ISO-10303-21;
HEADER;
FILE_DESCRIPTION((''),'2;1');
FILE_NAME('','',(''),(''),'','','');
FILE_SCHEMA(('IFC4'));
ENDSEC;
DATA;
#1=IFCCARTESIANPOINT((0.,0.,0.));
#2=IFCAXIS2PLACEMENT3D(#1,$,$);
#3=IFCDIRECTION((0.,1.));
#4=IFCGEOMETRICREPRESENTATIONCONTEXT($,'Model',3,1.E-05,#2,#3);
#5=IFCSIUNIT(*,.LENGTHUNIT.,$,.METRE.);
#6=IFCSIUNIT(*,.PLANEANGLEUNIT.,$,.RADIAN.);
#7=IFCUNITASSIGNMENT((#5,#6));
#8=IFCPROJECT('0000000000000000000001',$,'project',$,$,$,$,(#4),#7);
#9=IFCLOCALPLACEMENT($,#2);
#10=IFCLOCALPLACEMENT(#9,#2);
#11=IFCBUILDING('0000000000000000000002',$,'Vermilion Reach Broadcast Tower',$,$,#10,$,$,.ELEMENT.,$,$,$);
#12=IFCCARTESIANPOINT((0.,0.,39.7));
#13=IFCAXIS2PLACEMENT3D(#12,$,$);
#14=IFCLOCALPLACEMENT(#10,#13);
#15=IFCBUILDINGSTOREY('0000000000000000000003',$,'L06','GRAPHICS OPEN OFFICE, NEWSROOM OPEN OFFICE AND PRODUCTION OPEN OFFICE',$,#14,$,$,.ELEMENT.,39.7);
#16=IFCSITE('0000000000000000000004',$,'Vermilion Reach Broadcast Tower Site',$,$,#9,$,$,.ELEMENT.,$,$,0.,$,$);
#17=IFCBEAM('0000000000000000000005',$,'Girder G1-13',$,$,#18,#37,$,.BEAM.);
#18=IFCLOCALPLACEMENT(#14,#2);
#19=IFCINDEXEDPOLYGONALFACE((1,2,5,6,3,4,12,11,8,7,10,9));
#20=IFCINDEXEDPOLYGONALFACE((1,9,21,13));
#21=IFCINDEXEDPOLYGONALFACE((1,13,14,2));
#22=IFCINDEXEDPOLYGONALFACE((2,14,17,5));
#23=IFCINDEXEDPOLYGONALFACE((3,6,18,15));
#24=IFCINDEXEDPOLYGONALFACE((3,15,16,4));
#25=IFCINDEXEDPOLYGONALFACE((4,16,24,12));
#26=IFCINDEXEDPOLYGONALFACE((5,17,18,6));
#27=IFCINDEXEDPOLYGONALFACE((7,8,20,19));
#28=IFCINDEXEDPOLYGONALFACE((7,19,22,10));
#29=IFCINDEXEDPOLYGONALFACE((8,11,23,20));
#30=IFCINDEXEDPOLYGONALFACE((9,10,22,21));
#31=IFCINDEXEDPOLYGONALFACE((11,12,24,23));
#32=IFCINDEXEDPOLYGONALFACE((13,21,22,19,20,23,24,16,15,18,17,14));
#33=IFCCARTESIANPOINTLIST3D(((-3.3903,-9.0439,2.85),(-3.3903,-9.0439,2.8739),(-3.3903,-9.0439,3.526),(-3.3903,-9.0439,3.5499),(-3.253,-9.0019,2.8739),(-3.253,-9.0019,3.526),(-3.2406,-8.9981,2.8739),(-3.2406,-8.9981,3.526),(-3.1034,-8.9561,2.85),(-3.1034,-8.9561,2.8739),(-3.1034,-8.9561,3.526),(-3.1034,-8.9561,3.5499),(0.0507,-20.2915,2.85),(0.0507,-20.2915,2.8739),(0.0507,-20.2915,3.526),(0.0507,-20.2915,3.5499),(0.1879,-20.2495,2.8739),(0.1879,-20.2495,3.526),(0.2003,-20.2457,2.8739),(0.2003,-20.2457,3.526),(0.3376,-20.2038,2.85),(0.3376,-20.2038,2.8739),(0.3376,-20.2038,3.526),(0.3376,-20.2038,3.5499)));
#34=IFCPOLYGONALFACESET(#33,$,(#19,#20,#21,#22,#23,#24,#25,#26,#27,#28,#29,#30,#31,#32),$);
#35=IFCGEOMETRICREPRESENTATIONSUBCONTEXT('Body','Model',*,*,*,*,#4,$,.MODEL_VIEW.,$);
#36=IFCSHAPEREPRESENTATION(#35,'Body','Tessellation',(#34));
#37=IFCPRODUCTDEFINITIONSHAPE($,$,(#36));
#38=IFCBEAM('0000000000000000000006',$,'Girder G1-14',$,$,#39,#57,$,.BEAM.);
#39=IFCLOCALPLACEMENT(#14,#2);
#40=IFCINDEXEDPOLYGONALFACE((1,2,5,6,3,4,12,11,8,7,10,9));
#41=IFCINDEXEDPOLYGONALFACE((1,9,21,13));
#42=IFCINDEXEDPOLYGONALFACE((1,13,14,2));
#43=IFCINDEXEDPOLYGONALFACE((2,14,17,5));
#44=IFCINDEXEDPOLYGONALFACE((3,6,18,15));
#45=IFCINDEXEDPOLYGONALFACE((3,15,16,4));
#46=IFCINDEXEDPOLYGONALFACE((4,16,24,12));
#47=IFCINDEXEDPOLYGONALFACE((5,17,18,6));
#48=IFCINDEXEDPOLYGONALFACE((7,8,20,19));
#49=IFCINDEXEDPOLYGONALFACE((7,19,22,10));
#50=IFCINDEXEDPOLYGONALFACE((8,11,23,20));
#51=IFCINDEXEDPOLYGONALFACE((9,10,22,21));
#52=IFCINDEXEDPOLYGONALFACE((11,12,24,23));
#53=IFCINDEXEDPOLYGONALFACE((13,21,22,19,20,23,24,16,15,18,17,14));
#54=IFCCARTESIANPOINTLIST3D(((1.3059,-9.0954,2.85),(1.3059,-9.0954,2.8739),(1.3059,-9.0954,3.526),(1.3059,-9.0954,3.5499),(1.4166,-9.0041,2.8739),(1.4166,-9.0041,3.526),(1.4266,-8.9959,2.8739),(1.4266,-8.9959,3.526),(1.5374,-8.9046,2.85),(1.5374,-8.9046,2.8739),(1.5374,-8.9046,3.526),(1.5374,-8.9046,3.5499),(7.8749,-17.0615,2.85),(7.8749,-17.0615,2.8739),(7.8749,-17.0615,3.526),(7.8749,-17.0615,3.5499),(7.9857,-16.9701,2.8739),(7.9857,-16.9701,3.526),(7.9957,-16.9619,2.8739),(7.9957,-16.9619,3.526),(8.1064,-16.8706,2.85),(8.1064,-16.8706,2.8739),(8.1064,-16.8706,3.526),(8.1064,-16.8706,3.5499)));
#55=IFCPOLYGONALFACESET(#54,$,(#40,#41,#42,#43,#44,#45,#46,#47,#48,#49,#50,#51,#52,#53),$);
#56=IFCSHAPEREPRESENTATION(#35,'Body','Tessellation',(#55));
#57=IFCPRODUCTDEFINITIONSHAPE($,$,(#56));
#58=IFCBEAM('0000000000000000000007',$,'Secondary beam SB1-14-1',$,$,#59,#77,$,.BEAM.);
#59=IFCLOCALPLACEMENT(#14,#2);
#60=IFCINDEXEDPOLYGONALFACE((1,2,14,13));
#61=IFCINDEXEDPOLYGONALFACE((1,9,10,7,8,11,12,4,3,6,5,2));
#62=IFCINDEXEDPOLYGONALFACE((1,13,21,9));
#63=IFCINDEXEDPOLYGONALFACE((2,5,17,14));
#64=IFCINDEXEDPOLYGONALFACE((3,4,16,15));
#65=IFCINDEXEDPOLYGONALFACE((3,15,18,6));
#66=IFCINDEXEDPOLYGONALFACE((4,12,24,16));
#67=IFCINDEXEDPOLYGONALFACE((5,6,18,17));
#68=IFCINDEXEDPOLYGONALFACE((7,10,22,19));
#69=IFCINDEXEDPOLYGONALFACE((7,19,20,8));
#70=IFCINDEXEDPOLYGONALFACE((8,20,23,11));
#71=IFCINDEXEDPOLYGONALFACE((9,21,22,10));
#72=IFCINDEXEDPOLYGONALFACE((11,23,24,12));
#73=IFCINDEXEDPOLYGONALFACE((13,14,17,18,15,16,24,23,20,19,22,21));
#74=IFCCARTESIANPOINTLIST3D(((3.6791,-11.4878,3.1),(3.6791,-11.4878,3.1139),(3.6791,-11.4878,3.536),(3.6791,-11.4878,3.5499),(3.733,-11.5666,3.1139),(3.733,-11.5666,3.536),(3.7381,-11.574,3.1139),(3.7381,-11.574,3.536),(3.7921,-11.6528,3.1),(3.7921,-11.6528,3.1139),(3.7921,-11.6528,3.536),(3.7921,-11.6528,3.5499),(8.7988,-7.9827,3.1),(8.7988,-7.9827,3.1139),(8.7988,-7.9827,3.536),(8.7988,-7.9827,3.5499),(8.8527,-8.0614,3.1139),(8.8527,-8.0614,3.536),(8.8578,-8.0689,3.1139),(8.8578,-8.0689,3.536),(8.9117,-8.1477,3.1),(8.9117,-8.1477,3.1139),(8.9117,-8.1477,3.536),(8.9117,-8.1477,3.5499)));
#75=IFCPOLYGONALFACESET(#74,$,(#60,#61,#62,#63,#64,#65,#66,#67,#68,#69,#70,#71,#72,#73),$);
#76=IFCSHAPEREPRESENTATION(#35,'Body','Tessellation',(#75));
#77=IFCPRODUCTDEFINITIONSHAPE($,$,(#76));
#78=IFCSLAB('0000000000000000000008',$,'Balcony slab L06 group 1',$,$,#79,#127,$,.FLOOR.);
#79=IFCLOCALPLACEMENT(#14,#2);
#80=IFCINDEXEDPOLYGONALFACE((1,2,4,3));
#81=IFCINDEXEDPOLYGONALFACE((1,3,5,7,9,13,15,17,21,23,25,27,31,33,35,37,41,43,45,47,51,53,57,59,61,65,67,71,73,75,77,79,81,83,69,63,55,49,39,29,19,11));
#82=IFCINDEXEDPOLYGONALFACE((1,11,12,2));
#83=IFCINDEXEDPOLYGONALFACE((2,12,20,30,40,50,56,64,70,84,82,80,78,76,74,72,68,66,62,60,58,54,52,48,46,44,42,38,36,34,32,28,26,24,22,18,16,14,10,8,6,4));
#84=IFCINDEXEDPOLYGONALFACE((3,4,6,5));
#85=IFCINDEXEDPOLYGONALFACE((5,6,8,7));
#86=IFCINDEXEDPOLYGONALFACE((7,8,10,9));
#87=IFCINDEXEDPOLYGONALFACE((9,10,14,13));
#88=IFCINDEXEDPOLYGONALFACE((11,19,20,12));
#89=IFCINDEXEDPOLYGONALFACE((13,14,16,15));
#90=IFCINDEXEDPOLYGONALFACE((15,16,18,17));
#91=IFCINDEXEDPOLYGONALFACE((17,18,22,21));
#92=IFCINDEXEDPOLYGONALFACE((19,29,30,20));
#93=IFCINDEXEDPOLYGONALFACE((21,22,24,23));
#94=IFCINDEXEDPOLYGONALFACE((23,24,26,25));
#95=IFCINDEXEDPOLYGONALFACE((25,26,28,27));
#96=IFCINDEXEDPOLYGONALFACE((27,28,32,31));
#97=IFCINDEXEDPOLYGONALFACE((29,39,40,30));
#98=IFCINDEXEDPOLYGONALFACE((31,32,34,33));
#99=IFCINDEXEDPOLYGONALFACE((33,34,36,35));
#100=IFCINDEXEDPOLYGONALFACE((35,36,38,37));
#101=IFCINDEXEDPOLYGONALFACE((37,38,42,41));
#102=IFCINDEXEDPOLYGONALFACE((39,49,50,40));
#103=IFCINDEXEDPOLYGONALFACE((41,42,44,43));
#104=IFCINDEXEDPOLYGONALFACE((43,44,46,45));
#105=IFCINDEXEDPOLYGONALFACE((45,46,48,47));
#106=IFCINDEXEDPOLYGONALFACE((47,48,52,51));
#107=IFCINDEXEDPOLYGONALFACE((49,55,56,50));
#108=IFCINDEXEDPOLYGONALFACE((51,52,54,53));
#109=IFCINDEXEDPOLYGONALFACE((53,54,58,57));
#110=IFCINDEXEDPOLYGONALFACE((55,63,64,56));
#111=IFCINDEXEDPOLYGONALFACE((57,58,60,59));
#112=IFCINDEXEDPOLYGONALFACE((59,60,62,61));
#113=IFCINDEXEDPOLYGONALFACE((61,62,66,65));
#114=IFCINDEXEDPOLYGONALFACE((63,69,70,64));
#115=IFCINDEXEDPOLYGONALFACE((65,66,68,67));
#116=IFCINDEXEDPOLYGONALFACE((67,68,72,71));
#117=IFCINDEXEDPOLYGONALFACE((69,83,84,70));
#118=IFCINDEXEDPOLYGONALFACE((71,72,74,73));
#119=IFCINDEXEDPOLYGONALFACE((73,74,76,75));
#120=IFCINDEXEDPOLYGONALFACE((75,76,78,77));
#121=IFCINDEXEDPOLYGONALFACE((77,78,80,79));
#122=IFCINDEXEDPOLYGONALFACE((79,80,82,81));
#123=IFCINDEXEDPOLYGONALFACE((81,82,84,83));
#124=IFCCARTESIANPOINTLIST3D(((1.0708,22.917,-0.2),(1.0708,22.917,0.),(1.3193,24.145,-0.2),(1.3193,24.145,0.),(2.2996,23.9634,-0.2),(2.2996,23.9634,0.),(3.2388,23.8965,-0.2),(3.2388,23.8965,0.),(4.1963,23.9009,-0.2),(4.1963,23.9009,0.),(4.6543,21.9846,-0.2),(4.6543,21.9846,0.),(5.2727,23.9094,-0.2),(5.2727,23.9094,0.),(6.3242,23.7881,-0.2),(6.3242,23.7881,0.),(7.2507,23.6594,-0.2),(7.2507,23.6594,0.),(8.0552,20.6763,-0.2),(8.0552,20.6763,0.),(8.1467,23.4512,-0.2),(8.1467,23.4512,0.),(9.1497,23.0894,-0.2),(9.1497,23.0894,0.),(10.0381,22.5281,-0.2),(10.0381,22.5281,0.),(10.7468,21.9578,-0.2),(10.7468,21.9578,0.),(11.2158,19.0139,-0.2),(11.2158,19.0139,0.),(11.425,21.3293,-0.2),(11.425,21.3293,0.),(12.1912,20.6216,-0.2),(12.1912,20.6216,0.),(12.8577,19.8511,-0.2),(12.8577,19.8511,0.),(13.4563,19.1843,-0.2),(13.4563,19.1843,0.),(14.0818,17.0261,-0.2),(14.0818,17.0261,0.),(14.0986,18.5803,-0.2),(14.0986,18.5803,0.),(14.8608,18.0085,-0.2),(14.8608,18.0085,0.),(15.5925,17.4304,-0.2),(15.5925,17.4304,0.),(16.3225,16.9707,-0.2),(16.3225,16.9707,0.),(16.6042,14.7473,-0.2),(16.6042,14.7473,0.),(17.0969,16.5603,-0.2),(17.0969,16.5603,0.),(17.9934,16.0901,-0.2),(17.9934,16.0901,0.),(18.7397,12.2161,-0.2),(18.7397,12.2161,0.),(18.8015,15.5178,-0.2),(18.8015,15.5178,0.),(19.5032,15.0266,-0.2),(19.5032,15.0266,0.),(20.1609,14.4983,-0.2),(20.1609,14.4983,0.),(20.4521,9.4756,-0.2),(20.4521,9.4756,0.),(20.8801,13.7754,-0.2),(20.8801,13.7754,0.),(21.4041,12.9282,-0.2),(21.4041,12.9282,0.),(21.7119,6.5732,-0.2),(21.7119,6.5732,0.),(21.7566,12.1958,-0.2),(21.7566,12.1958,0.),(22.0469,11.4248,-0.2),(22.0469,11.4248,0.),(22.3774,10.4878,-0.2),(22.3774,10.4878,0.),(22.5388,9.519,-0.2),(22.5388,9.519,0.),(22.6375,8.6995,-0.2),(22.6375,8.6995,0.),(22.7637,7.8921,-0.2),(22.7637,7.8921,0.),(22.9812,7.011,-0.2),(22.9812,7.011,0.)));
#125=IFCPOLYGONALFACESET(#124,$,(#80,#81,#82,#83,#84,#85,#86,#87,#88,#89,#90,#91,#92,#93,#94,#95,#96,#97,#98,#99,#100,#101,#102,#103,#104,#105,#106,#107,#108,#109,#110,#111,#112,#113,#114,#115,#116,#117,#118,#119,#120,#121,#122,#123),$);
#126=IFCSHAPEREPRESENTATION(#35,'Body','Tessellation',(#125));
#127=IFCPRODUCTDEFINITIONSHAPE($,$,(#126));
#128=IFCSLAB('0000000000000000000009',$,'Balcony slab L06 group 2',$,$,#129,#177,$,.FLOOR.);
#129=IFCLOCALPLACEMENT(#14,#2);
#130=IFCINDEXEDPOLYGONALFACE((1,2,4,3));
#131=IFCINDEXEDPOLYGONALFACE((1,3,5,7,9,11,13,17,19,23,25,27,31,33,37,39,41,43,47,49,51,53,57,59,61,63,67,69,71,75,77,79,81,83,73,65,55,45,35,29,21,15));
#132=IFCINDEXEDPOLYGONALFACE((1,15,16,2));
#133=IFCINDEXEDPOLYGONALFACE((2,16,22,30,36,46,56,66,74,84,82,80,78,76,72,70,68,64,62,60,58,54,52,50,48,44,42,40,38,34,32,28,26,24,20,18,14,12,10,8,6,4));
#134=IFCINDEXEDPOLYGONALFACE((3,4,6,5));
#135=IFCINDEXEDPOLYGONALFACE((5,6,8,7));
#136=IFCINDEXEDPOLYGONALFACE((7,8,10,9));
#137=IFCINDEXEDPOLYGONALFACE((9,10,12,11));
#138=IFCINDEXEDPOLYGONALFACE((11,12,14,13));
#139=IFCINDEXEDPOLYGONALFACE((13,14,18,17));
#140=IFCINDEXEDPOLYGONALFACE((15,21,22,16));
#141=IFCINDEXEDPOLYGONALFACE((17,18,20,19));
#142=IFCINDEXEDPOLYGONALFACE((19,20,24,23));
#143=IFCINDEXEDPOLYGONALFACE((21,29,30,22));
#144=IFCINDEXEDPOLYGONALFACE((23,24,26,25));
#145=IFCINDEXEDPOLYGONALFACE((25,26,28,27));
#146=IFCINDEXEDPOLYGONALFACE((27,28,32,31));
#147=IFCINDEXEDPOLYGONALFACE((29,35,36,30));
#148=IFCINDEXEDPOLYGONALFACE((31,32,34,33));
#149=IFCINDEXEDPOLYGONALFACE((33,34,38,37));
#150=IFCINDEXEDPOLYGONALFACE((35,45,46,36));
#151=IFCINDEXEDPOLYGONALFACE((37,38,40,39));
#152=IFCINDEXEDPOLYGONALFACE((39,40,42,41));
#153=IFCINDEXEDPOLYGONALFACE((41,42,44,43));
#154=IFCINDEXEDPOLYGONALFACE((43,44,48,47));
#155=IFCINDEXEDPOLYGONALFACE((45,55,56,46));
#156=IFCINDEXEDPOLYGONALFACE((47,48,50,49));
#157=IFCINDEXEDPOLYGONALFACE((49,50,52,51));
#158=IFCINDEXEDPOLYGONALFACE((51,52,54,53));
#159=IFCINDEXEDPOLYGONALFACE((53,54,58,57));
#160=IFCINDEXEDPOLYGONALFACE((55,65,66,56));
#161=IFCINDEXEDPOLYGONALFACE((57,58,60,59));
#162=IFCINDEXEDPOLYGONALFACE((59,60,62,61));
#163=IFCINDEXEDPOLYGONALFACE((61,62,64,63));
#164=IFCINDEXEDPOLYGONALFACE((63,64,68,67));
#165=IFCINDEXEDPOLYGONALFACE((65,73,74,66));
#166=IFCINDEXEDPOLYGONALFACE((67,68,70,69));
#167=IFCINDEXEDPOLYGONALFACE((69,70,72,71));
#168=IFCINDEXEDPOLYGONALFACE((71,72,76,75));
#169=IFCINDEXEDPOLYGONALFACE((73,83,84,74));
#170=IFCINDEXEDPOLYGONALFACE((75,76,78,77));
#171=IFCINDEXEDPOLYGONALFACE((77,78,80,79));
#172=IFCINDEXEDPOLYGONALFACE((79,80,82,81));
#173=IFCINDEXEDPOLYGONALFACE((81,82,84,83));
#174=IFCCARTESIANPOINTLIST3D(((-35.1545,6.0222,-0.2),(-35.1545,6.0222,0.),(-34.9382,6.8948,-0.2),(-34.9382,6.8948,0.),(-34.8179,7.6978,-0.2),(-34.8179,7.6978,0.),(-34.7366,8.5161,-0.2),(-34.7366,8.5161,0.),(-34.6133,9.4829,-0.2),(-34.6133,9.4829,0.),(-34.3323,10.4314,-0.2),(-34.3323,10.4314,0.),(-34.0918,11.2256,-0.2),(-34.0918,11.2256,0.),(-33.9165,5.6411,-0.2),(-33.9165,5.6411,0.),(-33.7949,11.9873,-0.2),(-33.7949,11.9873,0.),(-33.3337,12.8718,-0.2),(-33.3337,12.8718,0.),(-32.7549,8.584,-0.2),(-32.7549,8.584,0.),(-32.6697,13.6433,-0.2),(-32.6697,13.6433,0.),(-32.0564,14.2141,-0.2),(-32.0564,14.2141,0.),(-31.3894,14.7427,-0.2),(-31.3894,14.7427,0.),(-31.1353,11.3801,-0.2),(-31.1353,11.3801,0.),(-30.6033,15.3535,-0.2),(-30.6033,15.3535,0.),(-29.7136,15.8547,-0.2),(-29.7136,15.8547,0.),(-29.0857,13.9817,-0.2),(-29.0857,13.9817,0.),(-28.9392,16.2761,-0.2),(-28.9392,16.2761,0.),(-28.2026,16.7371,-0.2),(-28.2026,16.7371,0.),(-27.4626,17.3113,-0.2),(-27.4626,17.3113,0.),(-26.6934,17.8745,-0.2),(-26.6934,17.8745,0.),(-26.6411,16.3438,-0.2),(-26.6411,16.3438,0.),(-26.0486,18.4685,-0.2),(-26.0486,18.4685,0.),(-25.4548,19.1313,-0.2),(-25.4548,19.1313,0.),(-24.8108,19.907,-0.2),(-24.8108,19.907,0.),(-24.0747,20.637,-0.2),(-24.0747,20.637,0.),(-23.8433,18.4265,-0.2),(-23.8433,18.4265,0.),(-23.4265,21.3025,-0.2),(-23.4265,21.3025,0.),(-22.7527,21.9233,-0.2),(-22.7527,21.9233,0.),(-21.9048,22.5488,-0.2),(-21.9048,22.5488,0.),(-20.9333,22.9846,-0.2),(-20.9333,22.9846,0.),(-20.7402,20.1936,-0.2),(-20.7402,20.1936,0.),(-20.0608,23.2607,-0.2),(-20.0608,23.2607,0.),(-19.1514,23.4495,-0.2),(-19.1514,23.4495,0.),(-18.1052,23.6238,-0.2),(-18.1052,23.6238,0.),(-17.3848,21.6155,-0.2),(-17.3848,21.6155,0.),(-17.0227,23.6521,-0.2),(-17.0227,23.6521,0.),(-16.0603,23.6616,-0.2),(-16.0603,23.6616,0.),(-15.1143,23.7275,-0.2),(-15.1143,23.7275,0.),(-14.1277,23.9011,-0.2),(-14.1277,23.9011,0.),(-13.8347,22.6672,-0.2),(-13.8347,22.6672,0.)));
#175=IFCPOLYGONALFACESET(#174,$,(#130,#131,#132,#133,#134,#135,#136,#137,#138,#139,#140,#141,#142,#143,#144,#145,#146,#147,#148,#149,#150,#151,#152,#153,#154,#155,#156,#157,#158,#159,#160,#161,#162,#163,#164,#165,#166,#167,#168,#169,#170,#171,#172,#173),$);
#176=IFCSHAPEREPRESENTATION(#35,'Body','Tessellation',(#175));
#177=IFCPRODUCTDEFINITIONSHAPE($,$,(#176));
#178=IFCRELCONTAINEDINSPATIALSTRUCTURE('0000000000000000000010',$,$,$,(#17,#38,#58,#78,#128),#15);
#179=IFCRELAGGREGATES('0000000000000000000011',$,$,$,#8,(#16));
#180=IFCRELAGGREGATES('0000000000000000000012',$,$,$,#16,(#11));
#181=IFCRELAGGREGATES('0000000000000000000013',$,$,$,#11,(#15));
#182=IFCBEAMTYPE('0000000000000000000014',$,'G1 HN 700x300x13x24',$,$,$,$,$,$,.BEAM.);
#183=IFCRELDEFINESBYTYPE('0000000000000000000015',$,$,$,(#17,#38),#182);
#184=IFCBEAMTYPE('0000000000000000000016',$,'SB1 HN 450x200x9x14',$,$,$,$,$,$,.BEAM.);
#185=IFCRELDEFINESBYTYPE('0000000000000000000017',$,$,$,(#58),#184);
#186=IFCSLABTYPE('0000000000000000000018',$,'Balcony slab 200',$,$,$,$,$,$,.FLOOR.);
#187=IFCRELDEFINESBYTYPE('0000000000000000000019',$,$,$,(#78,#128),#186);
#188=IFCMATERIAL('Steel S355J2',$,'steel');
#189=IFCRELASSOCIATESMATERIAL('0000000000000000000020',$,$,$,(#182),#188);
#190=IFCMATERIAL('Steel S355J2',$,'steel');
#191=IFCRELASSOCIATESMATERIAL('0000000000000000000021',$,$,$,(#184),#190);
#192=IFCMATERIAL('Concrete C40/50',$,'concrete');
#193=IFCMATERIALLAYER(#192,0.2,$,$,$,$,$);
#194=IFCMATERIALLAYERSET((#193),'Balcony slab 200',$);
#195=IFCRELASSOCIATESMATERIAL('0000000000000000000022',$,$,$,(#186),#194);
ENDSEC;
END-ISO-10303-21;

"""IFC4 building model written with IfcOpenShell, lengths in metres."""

from ifc_helpers import new_model, si_unit, direction, frame, origin, origin_2d, place, context, subcontext, project, spatial, polyline, i_section, outline, extrude, material, layer, layer_set, material_profile, profile_set, type_object, element, save


model = new_model("IFC4")

# Units and contexts
model_context = context("Model", 3, precision=1e-05, world=origin(), true_north=direction((0.0, 1.0)))
body_context = subcontext(model_context, "Body", "Model", "MODEL_VIEW")
ifc_project = project(units=[si_unit("LENGTHUNIT", "METRE"), si_unit("PLANEANGLEUNIT", "RADIAN")], contexts=[model_context])

# Site, building, storey
site_placement = place(None, origin())
site = spatial("IfcSite", under=ifc_project, at=site_placement, Name="Vermilion Reach Broadcast Tower Site", CompositionType="ELEMENT", RefElevation=0.0)
building_placement = place(site_placement, origin())
building = spatial("IfcBuilding", under=site, at=building_placement, Name="Vermilion Reach Broadcast Tower", CompositionType="ELEMENT")
storey_placement = place(building_placement, frame((0.0, 0.0, 39.7)))
storey = spatial("IfcBuildingStorey", under=building, at=storey_placement, Name="L06", Description="GRAPHICS OPEN OFFICE, NEWSROOM OPEN OFFICE AND PRODUCTION OPEN OFFICE", CompositionType="ELEMENT", Elevation=39.7)

# Beams
ifc_material_1 = material(Name="Steel S355J2", Category="steel")
ifc_material_profile_1 = material_profile(ifc_material_1, i_section(OverallWidth=0.3, OverallDepth=0.7, WebThickness=0.0129, FlangeThickness=0.0239, at=origin_2d()), Name="S355J2 HN 700x300x13x24")
ifc_profile_set_1 = profile_set([ifc_material_profile_1], Name="Steel S355J2")
beam_type_1 = type_object("IfcBeamType", Name="G1 HN 700x300x13x24", PredefinedType="BEAM", material=ifc_profile_set_1)
beam_1_placement = place(storey_placement, frame((-3.2468, -9.0, 3.2), z_axis=(0.292542, -0.956253, 0.0), x_axis=(0.956253, 0.292542, 0.0)))
element("IfcBeam", 1, at=beam_1_placement, inside=storey, type_object=beam_type_1, Name="Girder G1-13", PredefinedType="BEAM", context=body_context, shape_type="SweptSolid", body=[
    extrude(i_section(OverallWidth=0.3, OverallDepth=0.7, WebThickness=0.0129, FlangeThickness=0.0239, at=origin_2d()), origin(), (0.0, 0.0, 1.0), 11.7622),
])
beam_2_placement = place(storey_placement, frame((1.4216, -9.0, 3.2), z_axis=(0.636215, -0.771512, 0.0), x_axis=(0.771512, 0.636215, 0.0)))
element("IfcBeam", 2, at=beam_2_placement, inside=storey, type_object=beam_type_1, Name="Girder G1-14", PredefinedType="BEAM", context=body_context, shape_type="SweptSolid", body=[
    extrude(i_section(OverallWidth=0.3, OverallDepth=0.7, WebThickness=0.0129, FlangeThickness=0.0239, at=origin_2d()), origin(), (0.0, 0.0, 1.0), 10.3252),
])
ifc_material_2 = material(Name="Steel S355J2", Category="steel")
ifc_material_profile_2 = material_profile(ifc_material_2, i_section(OverallWidth=0.2, OverallDepth=0.45, WebThickness=0.009, FlangeThickness=0.0139, at=origin_2d()), Name="S355J2 HN 450x200x9x14")
ifc_profile_set_2 = profile_set([ifc_material_profile_2], Name="Steel S355J2")
beam_type_2 = type_object("IfcBeamType", Name="SB1 HN 450x200x9x14", PredefinedType="BEAM", material=ifc_profile_set_2)
beam_3_placement = place(storey_placement, frame((3.7356, -11.5703, 3.325), z_axis=(0.82514, 0.564928, 0.0), x_axis=(-0.564928, 0.82514, 0.0)))
element("IfcBeam", 3, at=beam_3_placement, inside=storey, type_object=beam_type_2, Name="Secondary beam SB1-14-1", PredefinedType="BEAM", context=body_context, shape_type="SweptSolid", body=[
    extrude(i_section(OverallWidth=0.2, OverallDepth=0.45, WebThickness=0.009, FlangeThickness=0.0139, at=origin_2d()), origin(), (0.0, 0.0, 1.0), 6.2046),
])

# Slabs
ifc_material_3 = material(Name="Concrete C40/50", Category="concrete")
ifc_layer_1 = layer(ifc_material_3, 0.2)
ifc_layer_set_1 = layer_set([ifc_layer_1], Name="Balcony slab 200")
slab_type_1 = type_object("IfcSlabType", Name="Balcony slab 200", PredefinedType="FLOOR", material=ifc_layer_set_1)
placement = place(storey_placement, frame((0.0, 0.0, -0.2)))
element("IfcSlab", 4, at=placement, inside=storey, type_object=slab_type_1, Name="Balcony slab L06 group 1", PredefinedType="FLOOR", context=body_context, shape_type="SweptSolid", body=[
    extrude(outline(polyline([(21.7119, 6.5732), (20.4521, 9.4756), (18.7397, 12.2161), (16.6042, 14.7473), (14.0818, 17.0261), (11.2158, 19.0139), (8.0552, 20.6763), (4.6543, 21.9846), (1.0708, 22.917), (1.3193, 24.145), (2.2996, 23.9634), (3.2388, 23.8965), (4.1963, 23.9009), (5.2727, 23.9094), (6.3242, 23.7881), (7.2507, 23.6594), (8.1467, 23.4512), (9.1497, 23.0894), (10.0381, 22.5281), (10.7468, 21.9578), (11.425, 21.3293), (12.1912, 20.6216), (12.8577, 19.8511), (13.4563, 19.1843), (14.0986, 18.5803), (14.8608, 18.0085), (15.5925, 17.4304), (16.3225, 16.9707), (17.0969, 16.5603), (17.9934, 16.0901), (18.8015, 15.5178), (19.5032, 15.0266), (20.1609, 14.4983), (20.8801, 13.7754), (21.4041, 12.9282), (21.7566, 12.1958), (22.0469, 11.4248), (22.3774, 10.4878), (22.5388, 9.519), (22.6375, 8.6995), (22.7637, 7.8921), (22.9812, 7.011), (21.7119, 6.5732)])), origin(), (0.0, 0.0, 1.0), 0.2),
])
element("IfcSlab", 5, at=placement, inside=storey, type_object=slab_type_1, Name="Balcony slab L06 group 2", PredefinedType="FLOOR", context=body_context, shape_type="SweptSolid", body=[
    extrude(outline(polyline([(-13.8347, 22.6672), (-17.3848, 21.6155), (-20.7402, 20.1936), (-23.8433, 18.4265), (-26.6411, 16.3438), (-29.0857, 13.9817), (-31.1353, 11.3801), (-32.7549, 8.584), (-33.9165, 5.6411), (-35.1545, 6.0222), (-34.9382, 6.8948), (-34.8179, 7.6978), (-34.7366, 8.5161), (-34.6133, 9.4829), (-34.3323, 10.4314), (-34.0918, 11.2256), (-33.7949, 11.9873), (-33.3337, 12.8718), (-32.6697, 13.6433), (-32.0564, 14.2141), (-31.3894, 14.7427), (-30.6033, 15.3535), (-29.7136, 15.8547), (-28.9392, 16.2761), (-28.2026, 16.7371), (-27.4626, 17.3113), (-26.6934, 17.8745), (-26.0486, 18.4685), (-25.4548, 19.1313), (-24.8108, 19.907), (-24.0747, 20.637), (-23.4265, 21.3025), (-22.7527, 21.9233), (-21.9048, 22.5488), (-20.9333, 22.9846), (-20.0608, 23.2607), (-19.1514, 23.4495), (-18.1052, 23.6238), (-17.0227, 23.6521), (-16.0603, 23.6616), (-15.1143, 23.7275), (-14.1277, 23.9011), (-13.8347, 22.6672)])), origin(), (0.0, 0.0, 1.0), 0.2),
])

save(model, "model.ifc")
